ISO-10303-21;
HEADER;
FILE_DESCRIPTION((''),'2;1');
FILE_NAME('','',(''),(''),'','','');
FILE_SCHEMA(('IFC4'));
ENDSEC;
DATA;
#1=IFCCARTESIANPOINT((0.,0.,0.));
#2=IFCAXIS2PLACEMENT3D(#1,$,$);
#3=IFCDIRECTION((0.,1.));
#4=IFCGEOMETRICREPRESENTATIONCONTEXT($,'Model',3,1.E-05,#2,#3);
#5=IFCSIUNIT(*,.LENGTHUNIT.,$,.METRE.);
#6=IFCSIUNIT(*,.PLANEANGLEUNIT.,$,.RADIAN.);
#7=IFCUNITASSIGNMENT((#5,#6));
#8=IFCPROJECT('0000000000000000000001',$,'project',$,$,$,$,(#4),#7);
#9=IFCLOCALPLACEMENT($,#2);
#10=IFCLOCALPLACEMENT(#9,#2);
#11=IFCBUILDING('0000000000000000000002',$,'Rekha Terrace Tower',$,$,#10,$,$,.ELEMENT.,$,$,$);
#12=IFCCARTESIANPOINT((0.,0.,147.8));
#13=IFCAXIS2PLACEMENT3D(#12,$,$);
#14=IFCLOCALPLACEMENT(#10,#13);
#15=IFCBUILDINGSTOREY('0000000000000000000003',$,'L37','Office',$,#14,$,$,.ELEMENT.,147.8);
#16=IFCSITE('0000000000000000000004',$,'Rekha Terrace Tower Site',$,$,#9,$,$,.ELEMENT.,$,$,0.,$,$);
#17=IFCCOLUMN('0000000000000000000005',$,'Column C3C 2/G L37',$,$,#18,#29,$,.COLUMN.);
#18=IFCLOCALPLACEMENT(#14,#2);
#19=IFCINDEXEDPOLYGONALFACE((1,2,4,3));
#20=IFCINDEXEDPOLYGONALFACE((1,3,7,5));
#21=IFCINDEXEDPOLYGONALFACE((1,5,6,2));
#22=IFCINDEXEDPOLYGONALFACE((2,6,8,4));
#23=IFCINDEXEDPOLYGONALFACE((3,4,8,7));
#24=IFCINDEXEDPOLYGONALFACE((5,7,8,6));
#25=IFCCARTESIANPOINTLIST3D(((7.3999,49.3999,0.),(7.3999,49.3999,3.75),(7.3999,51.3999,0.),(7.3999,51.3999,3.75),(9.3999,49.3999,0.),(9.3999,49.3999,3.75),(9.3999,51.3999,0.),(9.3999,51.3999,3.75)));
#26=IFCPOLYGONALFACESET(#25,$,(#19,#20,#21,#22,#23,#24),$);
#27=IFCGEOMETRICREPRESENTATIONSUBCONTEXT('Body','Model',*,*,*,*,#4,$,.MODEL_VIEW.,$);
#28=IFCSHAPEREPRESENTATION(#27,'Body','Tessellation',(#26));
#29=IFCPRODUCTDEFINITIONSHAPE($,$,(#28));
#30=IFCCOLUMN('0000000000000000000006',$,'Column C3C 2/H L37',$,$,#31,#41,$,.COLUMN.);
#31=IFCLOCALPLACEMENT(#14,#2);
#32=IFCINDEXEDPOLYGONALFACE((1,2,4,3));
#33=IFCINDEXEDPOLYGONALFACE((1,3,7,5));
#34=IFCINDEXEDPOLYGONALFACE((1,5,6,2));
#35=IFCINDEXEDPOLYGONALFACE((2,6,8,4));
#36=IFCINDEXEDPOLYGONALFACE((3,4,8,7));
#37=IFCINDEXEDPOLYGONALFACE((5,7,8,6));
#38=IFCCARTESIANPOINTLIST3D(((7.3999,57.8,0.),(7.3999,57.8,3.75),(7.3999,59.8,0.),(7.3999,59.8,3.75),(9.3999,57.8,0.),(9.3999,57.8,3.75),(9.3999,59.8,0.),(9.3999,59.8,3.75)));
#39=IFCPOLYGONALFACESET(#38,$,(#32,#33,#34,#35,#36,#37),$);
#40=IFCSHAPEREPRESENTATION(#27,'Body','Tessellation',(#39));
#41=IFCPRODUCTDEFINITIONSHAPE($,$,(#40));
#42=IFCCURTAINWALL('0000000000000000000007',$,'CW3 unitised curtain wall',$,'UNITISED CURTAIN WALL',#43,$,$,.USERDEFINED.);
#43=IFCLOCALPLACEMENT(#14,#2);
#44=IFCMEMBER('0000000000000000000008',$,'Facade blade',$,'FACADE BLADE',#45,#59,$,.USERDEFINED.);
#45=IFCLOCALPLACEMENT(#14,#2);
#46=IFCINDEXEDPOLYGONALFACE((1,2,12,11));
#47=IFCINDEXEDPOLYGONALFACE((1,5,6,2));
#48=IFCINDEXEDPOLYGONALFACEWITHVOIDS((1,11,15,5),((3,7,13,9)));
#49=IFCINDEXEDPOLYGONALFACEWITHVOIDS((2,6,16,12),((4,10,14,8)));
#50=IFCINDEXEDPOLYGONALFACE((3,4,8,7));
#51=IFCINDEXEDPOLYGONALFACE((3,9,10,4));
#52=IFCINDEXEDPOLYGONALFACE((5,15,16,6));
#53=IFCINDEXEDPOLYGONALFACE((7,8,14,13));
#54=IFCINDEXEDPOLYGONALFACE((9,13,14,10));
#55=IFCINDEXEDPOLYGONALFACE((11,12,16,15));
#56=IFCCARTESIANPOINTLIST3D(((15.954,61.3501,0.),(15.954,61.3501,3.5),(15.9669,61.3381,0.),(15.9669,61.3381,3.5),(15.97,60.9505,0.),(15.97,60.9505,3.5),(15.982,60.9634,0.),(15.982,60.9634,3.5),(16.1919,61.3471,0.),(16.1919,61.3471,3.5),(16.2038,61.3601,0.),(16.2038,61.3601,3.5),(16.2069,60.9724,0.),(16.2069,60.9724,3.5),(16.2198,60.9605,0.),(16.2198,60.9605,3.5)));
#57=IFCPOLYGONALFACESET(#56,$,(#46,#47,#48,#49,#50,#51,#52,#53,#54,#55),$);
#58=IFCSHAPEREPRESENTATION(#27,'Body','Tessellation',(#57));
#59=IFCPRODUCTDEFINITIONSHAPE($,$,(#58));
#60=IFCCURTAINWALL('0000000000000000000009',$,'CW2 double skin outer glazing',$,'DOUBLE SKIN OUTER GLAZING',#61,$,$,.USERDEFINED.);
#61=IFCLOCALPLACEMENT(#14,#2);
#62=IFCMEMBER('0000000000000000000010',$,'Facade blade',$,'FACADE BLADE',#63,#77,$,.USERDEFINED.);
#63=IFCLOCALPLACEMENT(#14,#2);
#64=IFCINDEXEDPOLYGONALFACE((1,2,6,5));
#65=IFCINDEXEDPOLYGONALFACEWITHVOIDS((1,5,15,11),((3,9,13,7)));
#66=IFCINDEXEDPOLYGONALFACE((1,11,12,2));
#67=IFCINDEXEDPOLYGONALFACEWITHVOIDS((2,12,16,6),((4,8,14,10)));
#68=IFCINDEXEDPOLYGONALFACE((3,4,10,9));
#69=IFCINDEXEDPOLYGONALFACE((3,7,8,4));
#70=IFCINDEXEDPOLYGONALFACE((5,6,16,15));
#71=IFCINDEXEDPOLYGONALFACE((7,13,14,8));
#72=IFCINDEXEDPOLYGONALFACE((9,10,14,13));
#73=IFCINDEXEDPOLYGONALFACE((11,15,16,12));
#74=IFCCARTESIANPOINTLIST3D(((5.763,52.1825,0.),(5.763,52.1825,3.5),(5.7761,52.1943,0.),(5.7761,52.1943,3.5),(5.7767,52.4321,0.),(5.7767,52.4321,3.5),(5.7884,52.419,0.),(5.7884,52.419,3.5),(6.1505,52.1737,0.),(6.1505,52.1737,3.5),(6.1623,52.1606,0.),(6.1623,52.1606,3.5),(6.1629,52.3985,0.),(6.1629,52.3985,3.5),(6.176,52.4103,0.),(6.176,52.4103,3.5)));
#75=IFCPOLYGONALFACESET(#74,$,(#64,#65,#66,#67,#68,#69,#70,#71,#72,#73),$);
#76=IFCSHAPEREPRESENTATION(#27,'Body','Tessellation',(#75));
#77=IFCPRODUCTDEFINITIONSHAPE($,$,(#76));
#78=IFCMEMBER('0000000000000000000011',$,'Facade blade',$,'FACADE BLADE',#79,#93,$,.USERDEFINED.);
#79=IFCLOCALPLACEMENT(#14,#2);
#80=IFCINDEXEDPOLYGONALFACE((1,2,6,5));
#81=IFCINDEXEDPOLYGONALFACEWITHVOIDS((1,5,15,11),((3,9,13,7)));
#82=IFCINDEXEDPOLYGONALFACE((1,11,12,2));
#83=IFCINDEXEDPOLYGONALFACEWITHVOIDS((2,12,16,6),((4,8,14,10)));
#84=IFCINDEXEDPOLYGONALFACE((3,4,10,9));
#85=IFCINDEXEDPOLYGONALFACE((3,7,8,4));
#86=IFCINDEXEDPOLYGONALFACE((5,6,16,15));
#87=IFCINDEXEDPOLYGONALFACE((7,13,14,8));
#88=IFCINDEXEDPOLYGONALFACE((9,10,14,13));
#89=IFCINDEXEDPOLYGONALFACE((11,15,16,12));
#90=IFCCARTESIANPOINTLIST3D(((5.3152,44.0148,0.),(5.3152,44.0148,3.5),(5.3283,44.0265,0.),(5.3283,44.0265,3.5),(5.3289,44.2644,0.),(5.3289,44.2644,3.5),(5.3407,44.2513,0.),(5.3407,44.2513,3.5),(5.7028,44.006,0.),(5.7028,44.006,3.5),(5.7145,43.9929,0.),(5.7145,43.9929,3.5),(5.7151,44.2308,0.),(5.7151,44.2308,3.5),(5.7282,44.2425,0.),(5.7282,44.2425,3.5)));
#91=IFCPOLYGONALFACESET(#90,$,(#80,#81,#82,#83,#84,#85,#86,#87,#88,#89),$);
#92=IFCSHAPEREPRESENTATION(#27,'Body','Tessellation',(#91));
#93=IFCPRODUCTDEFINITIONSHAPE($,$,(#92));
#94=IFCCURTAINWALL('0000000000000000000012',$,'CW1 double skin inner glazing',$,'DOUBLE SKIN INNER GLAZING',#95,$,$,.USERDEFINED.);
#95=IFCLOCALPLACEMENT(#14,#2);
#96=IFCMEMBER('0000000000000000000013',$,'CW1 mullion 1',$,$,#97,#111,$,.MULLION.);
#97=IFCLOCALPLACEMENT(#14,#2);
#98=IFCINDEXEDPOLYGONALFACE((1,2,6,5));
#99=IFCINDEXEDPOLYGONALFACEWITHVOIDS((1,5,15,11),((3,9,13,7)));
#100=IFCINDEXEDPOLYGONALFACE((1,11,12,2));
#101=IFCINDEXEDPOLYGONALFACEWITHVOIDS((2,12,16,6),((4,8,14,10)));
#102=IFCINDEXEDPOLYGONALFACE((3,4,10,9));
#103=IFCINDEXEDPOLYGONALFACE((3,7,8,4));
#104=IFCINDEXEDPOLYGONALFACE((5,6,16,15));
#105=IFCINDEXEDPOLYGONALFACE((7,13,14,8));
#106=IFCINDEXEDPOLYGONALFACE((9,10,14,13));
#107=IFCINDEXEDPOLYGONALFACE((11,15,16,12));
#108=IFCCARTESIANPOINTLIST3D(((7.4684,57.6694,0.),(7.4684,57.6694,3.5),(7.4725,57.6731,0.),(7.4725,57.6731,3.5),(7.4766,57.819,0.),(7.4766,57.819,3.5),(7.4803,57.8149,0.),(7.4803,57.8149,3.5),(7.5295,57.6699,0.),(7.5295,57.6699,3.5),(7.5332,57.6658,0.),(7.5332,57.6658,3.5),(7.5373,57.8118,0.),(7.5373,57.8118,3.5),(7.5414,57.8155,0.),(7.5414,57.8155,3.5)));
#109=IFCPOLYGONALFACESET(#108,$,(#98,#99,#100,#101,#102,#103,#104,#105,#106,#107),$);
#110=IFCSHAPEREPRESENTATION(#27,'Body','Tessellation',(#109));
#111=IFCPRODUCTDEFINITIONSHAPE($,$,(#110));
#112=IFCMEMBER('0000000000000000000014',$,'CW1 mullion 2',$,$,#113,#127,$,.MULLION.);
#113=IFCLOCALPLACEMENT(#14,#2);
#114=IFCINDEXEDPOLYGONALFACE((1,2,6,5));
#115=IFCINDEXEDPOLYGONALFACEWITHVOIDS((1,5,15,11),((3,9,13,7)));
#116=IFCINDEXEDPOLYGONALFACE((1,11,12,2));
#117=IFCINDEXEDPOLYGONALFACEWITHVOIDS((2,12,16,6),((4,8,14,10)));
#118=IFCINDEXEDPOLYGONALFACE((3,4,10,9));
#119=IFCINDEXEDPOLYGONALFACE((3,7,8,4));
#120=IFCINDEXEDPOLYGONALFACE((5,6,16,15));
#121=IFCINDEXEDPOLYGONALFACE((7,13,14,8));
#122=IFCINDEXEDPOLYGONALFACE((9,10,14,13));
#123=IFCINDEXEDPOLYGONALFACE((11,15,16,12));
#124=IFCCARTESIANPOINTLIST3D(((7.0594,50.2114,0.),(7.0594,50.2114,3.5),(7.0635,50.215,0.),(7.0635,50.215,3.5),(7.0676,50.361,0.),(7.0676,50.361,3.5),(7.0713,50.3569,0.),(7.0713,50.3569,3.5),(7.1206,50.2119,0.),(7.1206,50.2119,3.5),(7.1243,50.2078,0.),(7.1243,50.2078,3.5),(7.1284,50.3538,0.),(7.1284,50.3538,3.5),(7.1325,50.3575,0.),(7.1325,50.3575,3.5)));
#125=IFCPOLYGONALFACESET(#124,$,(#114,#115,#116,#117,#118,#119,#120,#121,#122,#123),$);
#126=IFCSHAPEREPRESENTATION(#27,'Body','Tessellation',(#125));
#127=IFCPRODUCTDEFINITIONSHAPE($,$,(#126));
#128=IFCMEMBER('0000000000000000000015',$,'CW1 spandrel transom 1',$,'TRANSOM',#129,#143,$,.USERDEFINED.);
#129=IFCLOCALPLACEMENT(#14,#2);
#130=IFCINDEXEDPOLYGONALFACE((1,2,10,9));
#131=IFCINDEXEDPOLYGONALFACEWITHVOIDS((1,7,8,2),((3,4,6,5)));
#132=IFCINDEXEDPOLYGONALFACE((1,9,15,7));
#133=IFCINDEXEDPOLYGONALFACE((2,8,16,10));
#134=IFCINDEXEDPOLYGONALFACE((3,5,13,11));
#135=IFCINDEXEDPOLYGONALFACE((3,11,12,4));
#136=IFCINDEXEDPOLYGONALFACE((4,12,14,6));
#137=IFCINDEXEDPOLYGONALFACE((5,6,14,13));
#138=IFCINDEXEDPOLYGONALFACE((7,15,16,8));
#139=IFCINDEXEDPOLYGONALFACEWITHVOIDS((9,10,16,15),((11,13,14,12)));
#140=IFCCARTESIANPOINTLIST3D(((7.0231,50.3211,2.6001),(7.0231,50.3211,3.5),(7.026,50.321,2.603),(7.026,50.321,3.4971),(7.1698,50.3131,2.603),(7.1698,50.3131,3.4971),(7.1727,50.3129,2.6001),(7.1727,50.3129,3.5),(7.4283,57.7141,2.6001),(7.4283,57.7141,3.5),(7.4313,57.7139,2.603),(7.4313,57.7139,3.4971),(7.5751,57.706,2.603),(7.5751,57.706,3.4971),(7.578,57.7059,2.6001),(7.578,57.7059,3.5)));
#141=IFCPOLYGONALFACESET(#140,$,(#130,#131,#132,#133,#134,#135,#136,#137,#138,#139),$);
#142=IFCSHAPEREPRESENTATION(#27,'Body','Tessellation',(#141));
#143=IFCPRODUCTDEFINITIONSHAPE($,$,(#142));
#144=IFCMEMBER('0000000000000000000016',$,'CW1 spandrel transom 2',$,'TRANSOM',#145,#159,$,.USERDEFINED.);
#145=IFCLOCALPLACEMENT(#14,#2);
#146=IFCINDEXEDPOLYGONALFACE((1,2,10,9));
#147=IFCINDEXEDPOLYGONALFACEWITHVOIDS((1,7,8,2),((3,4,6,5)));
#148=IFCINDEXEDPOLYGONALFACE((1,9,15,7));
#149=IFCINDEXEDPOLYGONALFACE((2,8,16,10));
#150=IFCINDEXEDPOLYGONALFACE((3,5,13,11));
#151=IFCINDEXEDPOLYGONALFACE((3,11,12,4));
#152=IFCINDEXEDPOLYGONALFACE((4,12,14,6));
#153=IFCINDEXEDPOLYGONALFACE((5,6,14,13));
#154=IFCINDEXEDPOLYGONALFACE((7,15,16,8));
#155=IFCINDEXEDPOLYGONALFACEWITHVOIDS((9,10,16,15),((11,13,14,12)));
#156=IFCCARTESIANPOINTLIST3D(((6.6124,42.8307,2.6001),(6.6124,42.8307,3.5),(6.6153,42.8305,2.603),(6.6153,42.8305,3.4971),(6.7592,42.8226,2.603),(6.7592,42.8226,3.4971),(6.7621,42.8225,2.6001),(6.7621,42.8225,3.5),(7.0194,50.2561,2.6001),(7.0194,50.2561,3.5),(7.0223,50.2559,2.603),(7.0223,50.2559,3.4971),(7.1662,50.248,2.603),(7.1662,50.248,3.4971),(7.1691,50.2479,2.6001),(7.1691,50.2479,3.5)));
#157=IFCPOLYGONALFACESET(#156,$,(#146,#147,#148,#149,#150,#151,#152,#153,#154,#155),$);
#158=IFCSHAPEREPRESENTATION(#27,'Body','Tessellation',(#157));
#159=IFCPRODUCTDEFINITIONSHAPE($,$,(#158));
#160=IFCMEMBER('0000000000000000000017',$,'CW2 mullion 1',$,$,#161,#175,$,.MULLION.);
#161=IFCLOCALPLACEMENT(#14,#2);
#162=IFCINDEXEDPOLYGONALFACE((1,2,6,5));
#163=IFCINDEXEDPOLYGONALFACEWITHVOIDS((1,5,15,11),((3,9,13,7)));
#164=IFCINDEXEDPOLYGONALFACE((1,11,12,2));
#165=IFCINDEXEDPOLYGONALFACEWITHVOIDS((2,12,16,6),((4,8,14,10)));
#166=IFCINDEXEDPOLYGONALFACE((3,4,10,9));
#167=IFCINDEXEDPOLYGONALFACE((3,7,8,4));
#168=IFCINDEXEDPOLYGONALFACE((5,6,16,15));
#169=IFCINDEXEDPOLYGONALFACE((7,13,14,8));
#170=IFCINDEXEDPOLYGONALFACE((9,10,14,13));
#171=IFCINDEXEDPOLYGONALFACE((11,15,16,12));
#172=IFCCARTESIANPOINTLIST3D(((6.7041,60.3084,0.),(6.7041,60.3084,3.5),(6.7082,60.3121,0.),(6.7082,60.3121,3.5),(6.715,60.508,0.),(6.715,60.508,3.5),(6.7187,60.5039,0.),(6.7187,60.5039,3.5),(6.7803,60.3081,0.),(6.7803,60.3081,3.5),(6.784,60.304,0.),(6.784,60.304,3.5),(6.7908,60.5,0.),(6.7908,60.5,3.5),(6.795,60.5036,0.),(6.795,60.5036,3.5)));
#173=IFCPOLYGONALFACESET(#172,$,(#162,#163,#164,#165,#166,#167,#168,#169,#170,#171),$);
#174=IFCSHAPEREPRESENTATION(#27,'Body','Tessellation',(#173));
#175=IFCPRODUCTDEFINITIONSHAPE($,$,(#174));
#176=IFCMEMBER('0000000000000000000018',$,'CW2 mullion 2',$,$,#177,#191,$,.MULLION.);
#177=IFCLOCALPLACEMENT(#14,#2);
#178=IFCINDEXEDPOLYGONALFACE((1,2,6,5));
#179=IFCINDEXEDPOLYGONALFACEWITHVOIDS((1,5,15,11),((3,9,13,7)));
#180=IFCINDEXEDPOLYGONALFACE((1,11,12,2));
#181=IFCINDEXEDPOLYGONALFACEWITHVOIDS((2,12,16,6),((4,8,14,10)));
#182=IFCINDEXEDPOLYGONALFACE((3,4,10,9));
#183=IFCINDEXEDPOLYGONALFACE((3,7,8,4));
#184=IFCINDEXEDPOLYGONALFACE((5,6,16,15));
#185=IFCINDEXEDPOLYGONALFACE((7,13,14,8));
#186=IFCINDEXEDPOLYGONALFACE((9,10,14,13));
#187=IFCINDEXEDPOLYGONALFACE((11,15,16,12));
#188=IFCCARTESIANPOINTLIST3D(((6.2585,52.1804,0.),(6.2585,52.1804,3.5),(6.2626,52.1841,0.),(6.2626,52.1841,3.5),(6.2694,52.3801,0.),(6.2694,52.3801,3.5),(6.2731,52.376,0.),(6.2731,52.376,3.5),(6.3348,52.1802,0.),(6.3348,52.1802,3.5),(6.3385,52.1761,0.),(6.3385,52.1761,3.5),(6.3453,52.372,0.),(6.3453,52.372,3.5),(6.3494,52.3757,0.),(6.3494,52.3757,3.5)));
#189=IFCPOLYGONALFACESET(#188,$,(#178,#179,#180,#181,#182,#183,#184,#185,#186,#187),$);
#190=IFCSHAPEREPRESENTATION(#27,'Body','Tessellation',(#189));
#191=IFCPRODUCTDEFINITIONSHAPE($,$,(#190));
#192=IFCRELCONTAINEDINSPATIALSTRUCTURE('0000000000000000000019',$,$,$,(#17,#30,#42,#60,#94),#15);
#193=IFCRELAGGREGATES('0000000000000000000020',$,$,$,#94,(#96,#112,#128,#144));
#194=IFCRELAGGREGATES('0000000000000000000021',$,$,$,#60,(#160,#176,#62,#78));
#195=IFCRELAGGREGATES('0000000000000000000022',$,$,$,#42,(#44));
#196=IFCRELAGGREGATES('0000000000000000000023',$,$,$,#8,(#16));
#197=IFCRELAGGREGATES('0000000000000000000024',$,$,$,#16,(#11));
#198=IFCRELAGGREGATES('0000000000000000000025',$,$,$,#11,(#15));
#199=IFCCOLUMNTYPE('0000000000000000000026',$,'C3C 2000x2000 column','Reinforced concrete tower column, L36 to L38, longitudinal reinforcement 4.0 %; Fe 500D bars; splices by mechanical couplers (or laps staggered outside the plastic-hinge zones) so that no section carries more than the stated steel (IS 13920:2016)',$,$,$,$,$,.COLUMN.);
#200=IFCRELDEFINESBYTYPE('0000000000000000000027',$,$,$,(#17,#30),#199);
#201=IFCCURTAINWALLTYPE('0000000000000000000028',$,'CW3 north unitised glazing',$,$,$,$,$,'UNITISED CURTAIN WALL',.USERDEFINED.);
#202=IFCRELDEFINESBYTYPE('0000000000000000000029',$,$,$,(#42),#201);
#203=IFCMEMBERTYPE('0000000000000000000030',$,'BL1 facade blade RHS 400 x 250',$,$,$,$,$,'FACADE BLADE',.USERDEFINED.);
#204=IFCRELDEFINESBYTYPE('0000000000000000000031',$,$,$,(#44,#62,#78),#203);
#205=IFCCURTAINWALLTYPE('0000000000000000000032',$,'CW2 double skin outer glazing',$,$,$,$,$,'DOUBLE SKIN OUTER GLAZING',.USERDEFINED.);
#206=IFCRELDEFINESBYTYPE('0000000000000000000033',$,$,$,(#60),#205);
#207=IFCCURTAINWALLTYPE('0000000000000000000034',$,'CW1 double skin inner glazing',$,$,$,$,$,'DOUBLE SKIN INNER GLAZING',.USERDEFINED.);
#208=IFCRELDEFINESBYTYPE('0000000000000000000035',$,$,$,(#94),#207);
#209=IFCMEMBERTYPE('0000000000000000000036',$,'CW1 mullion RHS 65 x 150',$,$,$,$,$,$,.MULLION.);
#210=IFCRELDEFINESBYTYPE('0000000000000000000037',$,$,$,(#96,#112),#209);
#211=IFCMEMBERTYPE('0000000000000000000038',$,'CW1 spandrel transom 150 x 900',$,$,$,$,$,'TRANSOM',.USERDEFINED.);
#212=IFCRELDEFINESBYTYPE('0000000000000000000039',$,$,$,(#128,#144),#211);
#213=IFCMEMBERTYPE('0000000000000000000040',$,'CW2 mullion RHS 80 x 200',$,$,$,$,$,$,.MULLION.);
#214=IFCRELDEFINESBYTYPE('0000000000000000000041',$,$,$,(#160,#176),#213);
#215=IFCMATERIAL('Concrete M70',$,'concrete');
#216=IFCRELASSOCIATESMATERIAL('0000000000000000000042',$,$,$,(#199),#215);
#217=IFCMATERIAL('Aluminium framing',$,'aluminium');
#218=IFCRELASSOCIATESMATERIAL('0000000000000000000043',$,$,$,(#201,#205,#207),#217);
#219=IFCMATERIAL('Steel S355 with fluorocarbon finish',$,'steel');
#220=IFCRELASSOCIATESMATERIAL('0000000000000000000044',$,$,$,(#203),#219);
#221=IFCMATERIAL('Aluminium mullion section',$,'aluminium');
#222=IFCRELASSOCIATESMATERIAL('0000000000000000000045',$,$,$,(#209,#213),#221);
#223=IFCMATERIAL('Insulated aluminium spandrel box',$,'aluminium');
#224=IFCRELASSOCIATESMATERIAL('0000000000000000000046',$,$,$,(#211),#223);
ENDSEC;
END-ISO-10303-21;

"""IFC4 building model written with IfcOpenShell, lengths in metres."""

from ifc_helpers import new_model, si_unit, direction, frame, origin, origin_2d, place, context, subcontext, project, spatial, rectangle, hollow_rectangle, extrude, material, material_profile, profile_set, type_object, element, aggregate, save


model = new_model("IFC4")

# Units and contexts
model_context = context("Model", 3, precision=1e-05, world=origin(), true_north=direction((0.0, 1.0)))
body_context = subcontext(model_context, "Body", "Model", "MODEL_VIEW")
ifc_project = project(units=[si_unit("LENGTHUNIT", "METRE"), si_unit("PLANEANGLEUNIT", "RADIAN")], contexts=[model_context])

# Site, building, storey
site_placement = place(None, origin())
site = spatial("IfcSite", under=ifc_project, at=site_placement, Name="Rekha Terrace Tower Site", CompositionType="ELEMENT", RefElevation=0.0)
building_placement = place(site_placement, origin())
building = spatial("IfcBuilding", under=site, at=building_placement, Name="Rekha Terrace Tower", CompositionType="ELEMENT")
storey_placement = place(building_placement, frame((0.0, 0.0, 147.8)))
storey = spatial("IfcBuildingStorey", under=building, at=storey_placement, Name="L37", Description="Office", CompositionType="ELEMENT", Elevation=147.8)

# Columns
ifc_material_1 = material(Name="Concrete M70", Category="concrete")
ifc_material_profile_1 = material_profile(ifc_material_1, rectangle(XDim=2.0, YDim=2.0, at=origin_2d()), Name="RC 2000x2000")
ifc_profile_set_1 = profile_set([ifc_material_profile_1], Name="Concrete M70")
column_type = type_object("IfcColumnType", Name="C3C 2000x2000 column", Description="Reinforced concrete tower column, L36 to L38, longitudinal reinforcement 4.0 %; Fe 500D bars; splices by mechanical couplers (or laps staggered outside the plastic-hinge zones) so that no section carries more than the stated steel (IS 13920:2016)", PredefinedType="COLUMN", material=ifc_profile_set_1)
for number, where, z_axis, x_axis, name in (
    (1, (8.3999, 50.3999, 0.0), (0.0, 0.0, 1.0), (1.0, 0.0, 0.0), "Column C3C 2/G L37"),
    (2, (8.3999, 58.8, 0.0), (0.0, 0.0, 1.0), (1.0, 0.0, 0.0), "Column C3C 2/H L37"),
):
    element("IfcColumn", number, at=place(storey_placement, frame(where, z_axis=z_axis, x_axis=x_axis)), inside=storey, type_object=column_type, Name=name, PredefinedType="COLUMN", context=body_context, shape_type="SweptSolid", body=[
        extrude(rectangle(XDim=2.0, YDim=2.0, at=origin_2d()), origin(), (0.0, 0.0, 1.0), 3.75),
    ])

# Curtain wall, member
ifc_material_2 = material(Name="Aluminium framing", Category="aluminium")
curtain_wall_type_1 = type_object("IfcCurtainWallType", Name="CW3 north unitised glazing", ElementType="UNITISED CURTAIN WALL", PredefinedType="USERDEFINED", material=ifc_material_2)
curtain_wall_1_placement = place(storey_placement, origin())
curtain_wall_1 = element("IfcCurtainWall", 3, at=curtain_wall_1_placement, inside=storey, type_object=curtain_wall_type_1, Name="CW3 unitised curtain wall", ObjectType="UNITISED CURTAIN WALL", PredefinedType="USERDEFINED")
ifc_material_3 = material(Name="Steel S355 with fluorocarbon finish", Category="steel")
ifc_material_profile_2 = material_profile(ifc_material_3, hollow_rectangle(XDim=0.25, YDim=0.3999, WallThickness=0.0125, at=origin_2d()), Name="RHS400x250x12.5")
ifc_profile_set_2 = profile_set([ifc_material_profile_2], Name="Steel S355 with fluorocarbon finish")
member_type_1 = type_object("IfcMemberType", Name="BL1 facade blade RHS 400 x 250", ElementType="FACADE BLADE", PredefinedType="USERDEFINED", material=ifc_profile_set_2)
member_1_placement = place(storey_placement, frame((16.0869, 61.1553, 0.0), z_axis=(0.0, 0.0, 1.0), x_axis=(-0.999198, -0.040032, 0.0)))
member_1 = element("IfcMember", 4, at=member_1_placement, type_object=member_type_1, Name="Facade blade", ObjectType="FACADE BLADE", PredefinedType="USERDEFINED", context=body_context, shape_type="SweptSolid", body=[
    extrude(hollow_rectangle(XDim=0.25, YDim=0.3999, WallThickness=0.0125, at=origin_2d()), origin(), (0.0, 0.0, 1.0), 3.5),
])

# Curtain walls, members
curtain_wall_type_2 = type_object("IfcCurtainWallType", Name="CW2 double skin outer glazing", ElementType="DOUBLE SKIN OUTER GLAZING", PredefinedType="USERDEFINED", material=ifc_material_2)
curtain_wall_2_placement = place(storey_placement, origin())
curtain_wall_2 = element("IfcCurtainWall", 5, at=curtain_wall_2_placement, inside=storey, type_object=curtain_wall_type_2, Name="CW2 double skin outer glazing", ObjectType="DOUBLE SKIN OUTER GLAZING", PredefinedType="USERDEFINED")
member_2_placement = place(storey_placement, frame((5.9695, 52.2964, 0.0), z_axis=(0.0, 0.0, 1.0), x_axis=(-0.054743, -0.9985, 0.0)))
member_2 = element("IfcMember", 6, at=member_2_placement, type_object=member_type_1, Name="Facade blade", ObjectType="FACADE BLADE", PredefinedType="USERDEFINED", context=body_context, shape_type="SweptSolid", body=[
    extrude(hollow_rectangle(XDim=0.25, YDim=0.3999, WallThickness=0.0125, at=origin_2d()), origin(), (0.0, 0.0, 1.0), 3.5),
])
member_3_placement = place(storey_placement, frame((5.5217, 44.1287, 0.0), z_axis=(0.0, 0.0, 1.0), x_axis=(-0.054743, -0.9985, 0.0)))
member_3 = element("IfcMember", 7, at=member_3_placement, type_object=member_type_1, Name="Facade blade", ObjectType="FACADE BLADE", PredefinedType="USERDEFINED", context=body_context, shape_type="SweptSolid", body=[
    extrude(hollow_rectangle(XDim=0.25, YDim=0.3999, WallThickness=0.0125, at=origin_2d()), origin(), (0.0, 0.0, 1.0), 3.5),
])
curtain_wall_type_3 = type_object("IfcCurtainWallType", Name="CW1 double skin inner glazing", ElementType="DOUBLE SKIN INNER GLAZING", PredefinedType="USERDEFINED", material=ifc_material_2)
curtain_wall_3_placement = place(storey_placement, origin())
curtain_wall_3 = element("IfcCurtainWall", 8, at=curtain_wall_3_placement, inside=storey, type_object=curtain_wall_type_3, Name="CW1 double skin inner glazing", ObjectType="DOUBLE SKIN INNER GLAZING", PredefinedType="USERDEFINED")
ifc_material_4 = material(Name="Aluminium mullion section", Category="aluminium")
ifc_material_profile_3 = material_profile(ifc_material_4, hollow_rectangle(XDim=0.0649, YDim=0.1499, WallThickness=0.0039, at=origin_2d()), Name="AL RHS 65x150")
ifc_profile_set_3 = profile_set([ifc_material_profile_3], Name="Aluminium mullion section")
member_type_2 = type_object("IfcMemberType", Name="CW1 mullion RHS 65 x 150", PredefinedType="MULLION", material=ifc_profile_set_3)
member_4_placement = place(storey_placement, frame((7.5049, 57.7424, 0.0), z_axis=(0.0, 0.0, 1.0), x_axis=(0.998501, -0.054742, 0.0)))
member_4 = element("IfcMember", 9, at=member_4_placement, type_object=member_type_2, Name="CW1 mullion 1", PredefinedType="MULLION", context=body_context, shape_type="SweptSolid", body=[
    extrude(hollow_rectangle(XDim=0.0649, YDim=0.1499, WallThickness=0.0039, at=origin_2d()), origin(), (0.0, 0.0, 1.0), 3.5),
])
member_5_placement = place(storey_placement, frame((7.0959, 50.2844, 0.0), z_axis=(0.0, 0.0, 1.0), x_axis=(0.998501, -0.054742, 0.0)))
member_5 = element("IfcMember", 10, at=member_5_placement, type_object=member_type_2, Name="CW1 mullion 2", PredefinedType="MULLION", context=body_context, shape_type="SweptSolid", body=[
    extrude(hollow_rectangle(XDim=0.0649, YDim=0.1499, WallThickness=0.0039, at=origin_2d()), origin(), (0.0, 0.0, 1.0), 3.5),
])
ifc_material_5 = material(Name="Insulated aluminium spandrel box", Category="aluminium")
ifc_material_profile_4 = material_profile(ifc_material_5, hollow_rectangle(XDim=0.1499, YDim=0.8999, WallThickness=0.0029, at=origin_2d()), Name="AL SPANDREL BOX 150x900")
ifc_profile_set_4 = profile_set([ifc_material_profile_4], Name="Insulated aluminium spandrel box")
member_type_3 = type_object("IfcMemberType", Name="CW1 spandrel transom 150 x 900", ElementType="TRANSOM", PredefinedType="USERDEFINED", material=ifc_profile_set_4)
member_6_placement = place(storey_placement, frame((7.5032, 57.71, 3.05), z_axis=(-0.054736, -0.998501, 0.0), x_axis=(0.998501, -0.054736, 0.0)))
member_6 = element("IfcMember", 11, at=member_6_placement, type_object=member_type_3, Name="CW1 spandrel transom 1", ObjectType="TRANSOM", PredefinedType="USERDEFINED", context=body_context, shape_type="SweptSolid", body=[
    extrude(hollow_rectangle(XDim=0.1499, YDim=0.8999, WallThickness=0.0029, at=origin_2d()), origin(), (0.0, 0.0, 1.0), 7.4041),
])
member_7_placement = place(storey_placement, frame((7.0942, 50.252, 3.05), z_axis=(-0.054728, -0.998501, 0.0), x_axis=(0.998501, -0.054728, 0.0)))
member_7 = element("IfcMember", 12, at=member_7_placement, type_object=member_type_3, Name="CW1 spandrel transom 2", ObjectType="TRANSOM", PredefinedType="USERDEFINED", context=body_context, shape_type="SweptSolid", body=[
    extrude(hollow_rectangle(XDim=0.1499, YDim=0.8999, WallThickness=0.0029, at=origin_2d()), origin(), (0.0, 0.0, 1.0), 7.4365),
])

# Members
ifc_material_profile_5 = material_profile(ifc_material_4, hollow_rectangle(XDim=0.0801, YDim=0.2, WallThickness=0.0039, at=origin_2d()), Name="AL RHS 80x200")
ifc_profile_set_5 = profile_set([ifc_material_profile_5], Name="Aluminium mullion section")
member_type_4 = type_object("IfcMemberType", Name="CW2 mullion RHS 80 x 200", PredefinedType="MULLION", material=ifc_profile_set_5)
member_8_placement = place(storey_placement, frame((6.7495, 60.406, 0.0), z_axis=(0.0, 0.0, 1.0), x_axis=(0.998501, -0.054742, 0.0)))
member_8 = element("IfcMember", 13, at=member_8_placement, type_object=member_type_4, Name="CW2 mullion 1", PredefinedType="MULLION", context=body_context, shape_type="SweptSolid", body=[
    extrude(hollow_rectangle(XDim=0.0801, YDim=0.2, WallThickness=0.0039, at=origin_2d()), origin(), (0.0, 0.0, 1.0), 3.5),
])
member_9_placement = place(storey_placement, frame((6.304, 52.2781, 0.0), z_axis=(0.0, 0.0, 1.0), x_axis=(0.998501, -0.054742, 0.0)))
member_9 = element("IfcMember", 14, at=member_9_placement, type_object=member_type_4, Name="CW2 mullion 2", PredefinedType="MULLION", context=body_context, shape_type="SweptSolid", body=[
    extrude(hollow_rectangle(XDim=0.0801, YDim=0.2, WallThickness=0.0039, at=origin_2d()), origin(), (0.0, 0.0, 1.0), 3.5),
])

aggregate(curtain_wall_3, [member_4, member_5, member_6, member_7])
aggregate(curtain_wall_2, [member_8, member_9, member_2, member_3])
aggregate(curtain_wall_1, [member_1])

save(model, "model.ifc")
